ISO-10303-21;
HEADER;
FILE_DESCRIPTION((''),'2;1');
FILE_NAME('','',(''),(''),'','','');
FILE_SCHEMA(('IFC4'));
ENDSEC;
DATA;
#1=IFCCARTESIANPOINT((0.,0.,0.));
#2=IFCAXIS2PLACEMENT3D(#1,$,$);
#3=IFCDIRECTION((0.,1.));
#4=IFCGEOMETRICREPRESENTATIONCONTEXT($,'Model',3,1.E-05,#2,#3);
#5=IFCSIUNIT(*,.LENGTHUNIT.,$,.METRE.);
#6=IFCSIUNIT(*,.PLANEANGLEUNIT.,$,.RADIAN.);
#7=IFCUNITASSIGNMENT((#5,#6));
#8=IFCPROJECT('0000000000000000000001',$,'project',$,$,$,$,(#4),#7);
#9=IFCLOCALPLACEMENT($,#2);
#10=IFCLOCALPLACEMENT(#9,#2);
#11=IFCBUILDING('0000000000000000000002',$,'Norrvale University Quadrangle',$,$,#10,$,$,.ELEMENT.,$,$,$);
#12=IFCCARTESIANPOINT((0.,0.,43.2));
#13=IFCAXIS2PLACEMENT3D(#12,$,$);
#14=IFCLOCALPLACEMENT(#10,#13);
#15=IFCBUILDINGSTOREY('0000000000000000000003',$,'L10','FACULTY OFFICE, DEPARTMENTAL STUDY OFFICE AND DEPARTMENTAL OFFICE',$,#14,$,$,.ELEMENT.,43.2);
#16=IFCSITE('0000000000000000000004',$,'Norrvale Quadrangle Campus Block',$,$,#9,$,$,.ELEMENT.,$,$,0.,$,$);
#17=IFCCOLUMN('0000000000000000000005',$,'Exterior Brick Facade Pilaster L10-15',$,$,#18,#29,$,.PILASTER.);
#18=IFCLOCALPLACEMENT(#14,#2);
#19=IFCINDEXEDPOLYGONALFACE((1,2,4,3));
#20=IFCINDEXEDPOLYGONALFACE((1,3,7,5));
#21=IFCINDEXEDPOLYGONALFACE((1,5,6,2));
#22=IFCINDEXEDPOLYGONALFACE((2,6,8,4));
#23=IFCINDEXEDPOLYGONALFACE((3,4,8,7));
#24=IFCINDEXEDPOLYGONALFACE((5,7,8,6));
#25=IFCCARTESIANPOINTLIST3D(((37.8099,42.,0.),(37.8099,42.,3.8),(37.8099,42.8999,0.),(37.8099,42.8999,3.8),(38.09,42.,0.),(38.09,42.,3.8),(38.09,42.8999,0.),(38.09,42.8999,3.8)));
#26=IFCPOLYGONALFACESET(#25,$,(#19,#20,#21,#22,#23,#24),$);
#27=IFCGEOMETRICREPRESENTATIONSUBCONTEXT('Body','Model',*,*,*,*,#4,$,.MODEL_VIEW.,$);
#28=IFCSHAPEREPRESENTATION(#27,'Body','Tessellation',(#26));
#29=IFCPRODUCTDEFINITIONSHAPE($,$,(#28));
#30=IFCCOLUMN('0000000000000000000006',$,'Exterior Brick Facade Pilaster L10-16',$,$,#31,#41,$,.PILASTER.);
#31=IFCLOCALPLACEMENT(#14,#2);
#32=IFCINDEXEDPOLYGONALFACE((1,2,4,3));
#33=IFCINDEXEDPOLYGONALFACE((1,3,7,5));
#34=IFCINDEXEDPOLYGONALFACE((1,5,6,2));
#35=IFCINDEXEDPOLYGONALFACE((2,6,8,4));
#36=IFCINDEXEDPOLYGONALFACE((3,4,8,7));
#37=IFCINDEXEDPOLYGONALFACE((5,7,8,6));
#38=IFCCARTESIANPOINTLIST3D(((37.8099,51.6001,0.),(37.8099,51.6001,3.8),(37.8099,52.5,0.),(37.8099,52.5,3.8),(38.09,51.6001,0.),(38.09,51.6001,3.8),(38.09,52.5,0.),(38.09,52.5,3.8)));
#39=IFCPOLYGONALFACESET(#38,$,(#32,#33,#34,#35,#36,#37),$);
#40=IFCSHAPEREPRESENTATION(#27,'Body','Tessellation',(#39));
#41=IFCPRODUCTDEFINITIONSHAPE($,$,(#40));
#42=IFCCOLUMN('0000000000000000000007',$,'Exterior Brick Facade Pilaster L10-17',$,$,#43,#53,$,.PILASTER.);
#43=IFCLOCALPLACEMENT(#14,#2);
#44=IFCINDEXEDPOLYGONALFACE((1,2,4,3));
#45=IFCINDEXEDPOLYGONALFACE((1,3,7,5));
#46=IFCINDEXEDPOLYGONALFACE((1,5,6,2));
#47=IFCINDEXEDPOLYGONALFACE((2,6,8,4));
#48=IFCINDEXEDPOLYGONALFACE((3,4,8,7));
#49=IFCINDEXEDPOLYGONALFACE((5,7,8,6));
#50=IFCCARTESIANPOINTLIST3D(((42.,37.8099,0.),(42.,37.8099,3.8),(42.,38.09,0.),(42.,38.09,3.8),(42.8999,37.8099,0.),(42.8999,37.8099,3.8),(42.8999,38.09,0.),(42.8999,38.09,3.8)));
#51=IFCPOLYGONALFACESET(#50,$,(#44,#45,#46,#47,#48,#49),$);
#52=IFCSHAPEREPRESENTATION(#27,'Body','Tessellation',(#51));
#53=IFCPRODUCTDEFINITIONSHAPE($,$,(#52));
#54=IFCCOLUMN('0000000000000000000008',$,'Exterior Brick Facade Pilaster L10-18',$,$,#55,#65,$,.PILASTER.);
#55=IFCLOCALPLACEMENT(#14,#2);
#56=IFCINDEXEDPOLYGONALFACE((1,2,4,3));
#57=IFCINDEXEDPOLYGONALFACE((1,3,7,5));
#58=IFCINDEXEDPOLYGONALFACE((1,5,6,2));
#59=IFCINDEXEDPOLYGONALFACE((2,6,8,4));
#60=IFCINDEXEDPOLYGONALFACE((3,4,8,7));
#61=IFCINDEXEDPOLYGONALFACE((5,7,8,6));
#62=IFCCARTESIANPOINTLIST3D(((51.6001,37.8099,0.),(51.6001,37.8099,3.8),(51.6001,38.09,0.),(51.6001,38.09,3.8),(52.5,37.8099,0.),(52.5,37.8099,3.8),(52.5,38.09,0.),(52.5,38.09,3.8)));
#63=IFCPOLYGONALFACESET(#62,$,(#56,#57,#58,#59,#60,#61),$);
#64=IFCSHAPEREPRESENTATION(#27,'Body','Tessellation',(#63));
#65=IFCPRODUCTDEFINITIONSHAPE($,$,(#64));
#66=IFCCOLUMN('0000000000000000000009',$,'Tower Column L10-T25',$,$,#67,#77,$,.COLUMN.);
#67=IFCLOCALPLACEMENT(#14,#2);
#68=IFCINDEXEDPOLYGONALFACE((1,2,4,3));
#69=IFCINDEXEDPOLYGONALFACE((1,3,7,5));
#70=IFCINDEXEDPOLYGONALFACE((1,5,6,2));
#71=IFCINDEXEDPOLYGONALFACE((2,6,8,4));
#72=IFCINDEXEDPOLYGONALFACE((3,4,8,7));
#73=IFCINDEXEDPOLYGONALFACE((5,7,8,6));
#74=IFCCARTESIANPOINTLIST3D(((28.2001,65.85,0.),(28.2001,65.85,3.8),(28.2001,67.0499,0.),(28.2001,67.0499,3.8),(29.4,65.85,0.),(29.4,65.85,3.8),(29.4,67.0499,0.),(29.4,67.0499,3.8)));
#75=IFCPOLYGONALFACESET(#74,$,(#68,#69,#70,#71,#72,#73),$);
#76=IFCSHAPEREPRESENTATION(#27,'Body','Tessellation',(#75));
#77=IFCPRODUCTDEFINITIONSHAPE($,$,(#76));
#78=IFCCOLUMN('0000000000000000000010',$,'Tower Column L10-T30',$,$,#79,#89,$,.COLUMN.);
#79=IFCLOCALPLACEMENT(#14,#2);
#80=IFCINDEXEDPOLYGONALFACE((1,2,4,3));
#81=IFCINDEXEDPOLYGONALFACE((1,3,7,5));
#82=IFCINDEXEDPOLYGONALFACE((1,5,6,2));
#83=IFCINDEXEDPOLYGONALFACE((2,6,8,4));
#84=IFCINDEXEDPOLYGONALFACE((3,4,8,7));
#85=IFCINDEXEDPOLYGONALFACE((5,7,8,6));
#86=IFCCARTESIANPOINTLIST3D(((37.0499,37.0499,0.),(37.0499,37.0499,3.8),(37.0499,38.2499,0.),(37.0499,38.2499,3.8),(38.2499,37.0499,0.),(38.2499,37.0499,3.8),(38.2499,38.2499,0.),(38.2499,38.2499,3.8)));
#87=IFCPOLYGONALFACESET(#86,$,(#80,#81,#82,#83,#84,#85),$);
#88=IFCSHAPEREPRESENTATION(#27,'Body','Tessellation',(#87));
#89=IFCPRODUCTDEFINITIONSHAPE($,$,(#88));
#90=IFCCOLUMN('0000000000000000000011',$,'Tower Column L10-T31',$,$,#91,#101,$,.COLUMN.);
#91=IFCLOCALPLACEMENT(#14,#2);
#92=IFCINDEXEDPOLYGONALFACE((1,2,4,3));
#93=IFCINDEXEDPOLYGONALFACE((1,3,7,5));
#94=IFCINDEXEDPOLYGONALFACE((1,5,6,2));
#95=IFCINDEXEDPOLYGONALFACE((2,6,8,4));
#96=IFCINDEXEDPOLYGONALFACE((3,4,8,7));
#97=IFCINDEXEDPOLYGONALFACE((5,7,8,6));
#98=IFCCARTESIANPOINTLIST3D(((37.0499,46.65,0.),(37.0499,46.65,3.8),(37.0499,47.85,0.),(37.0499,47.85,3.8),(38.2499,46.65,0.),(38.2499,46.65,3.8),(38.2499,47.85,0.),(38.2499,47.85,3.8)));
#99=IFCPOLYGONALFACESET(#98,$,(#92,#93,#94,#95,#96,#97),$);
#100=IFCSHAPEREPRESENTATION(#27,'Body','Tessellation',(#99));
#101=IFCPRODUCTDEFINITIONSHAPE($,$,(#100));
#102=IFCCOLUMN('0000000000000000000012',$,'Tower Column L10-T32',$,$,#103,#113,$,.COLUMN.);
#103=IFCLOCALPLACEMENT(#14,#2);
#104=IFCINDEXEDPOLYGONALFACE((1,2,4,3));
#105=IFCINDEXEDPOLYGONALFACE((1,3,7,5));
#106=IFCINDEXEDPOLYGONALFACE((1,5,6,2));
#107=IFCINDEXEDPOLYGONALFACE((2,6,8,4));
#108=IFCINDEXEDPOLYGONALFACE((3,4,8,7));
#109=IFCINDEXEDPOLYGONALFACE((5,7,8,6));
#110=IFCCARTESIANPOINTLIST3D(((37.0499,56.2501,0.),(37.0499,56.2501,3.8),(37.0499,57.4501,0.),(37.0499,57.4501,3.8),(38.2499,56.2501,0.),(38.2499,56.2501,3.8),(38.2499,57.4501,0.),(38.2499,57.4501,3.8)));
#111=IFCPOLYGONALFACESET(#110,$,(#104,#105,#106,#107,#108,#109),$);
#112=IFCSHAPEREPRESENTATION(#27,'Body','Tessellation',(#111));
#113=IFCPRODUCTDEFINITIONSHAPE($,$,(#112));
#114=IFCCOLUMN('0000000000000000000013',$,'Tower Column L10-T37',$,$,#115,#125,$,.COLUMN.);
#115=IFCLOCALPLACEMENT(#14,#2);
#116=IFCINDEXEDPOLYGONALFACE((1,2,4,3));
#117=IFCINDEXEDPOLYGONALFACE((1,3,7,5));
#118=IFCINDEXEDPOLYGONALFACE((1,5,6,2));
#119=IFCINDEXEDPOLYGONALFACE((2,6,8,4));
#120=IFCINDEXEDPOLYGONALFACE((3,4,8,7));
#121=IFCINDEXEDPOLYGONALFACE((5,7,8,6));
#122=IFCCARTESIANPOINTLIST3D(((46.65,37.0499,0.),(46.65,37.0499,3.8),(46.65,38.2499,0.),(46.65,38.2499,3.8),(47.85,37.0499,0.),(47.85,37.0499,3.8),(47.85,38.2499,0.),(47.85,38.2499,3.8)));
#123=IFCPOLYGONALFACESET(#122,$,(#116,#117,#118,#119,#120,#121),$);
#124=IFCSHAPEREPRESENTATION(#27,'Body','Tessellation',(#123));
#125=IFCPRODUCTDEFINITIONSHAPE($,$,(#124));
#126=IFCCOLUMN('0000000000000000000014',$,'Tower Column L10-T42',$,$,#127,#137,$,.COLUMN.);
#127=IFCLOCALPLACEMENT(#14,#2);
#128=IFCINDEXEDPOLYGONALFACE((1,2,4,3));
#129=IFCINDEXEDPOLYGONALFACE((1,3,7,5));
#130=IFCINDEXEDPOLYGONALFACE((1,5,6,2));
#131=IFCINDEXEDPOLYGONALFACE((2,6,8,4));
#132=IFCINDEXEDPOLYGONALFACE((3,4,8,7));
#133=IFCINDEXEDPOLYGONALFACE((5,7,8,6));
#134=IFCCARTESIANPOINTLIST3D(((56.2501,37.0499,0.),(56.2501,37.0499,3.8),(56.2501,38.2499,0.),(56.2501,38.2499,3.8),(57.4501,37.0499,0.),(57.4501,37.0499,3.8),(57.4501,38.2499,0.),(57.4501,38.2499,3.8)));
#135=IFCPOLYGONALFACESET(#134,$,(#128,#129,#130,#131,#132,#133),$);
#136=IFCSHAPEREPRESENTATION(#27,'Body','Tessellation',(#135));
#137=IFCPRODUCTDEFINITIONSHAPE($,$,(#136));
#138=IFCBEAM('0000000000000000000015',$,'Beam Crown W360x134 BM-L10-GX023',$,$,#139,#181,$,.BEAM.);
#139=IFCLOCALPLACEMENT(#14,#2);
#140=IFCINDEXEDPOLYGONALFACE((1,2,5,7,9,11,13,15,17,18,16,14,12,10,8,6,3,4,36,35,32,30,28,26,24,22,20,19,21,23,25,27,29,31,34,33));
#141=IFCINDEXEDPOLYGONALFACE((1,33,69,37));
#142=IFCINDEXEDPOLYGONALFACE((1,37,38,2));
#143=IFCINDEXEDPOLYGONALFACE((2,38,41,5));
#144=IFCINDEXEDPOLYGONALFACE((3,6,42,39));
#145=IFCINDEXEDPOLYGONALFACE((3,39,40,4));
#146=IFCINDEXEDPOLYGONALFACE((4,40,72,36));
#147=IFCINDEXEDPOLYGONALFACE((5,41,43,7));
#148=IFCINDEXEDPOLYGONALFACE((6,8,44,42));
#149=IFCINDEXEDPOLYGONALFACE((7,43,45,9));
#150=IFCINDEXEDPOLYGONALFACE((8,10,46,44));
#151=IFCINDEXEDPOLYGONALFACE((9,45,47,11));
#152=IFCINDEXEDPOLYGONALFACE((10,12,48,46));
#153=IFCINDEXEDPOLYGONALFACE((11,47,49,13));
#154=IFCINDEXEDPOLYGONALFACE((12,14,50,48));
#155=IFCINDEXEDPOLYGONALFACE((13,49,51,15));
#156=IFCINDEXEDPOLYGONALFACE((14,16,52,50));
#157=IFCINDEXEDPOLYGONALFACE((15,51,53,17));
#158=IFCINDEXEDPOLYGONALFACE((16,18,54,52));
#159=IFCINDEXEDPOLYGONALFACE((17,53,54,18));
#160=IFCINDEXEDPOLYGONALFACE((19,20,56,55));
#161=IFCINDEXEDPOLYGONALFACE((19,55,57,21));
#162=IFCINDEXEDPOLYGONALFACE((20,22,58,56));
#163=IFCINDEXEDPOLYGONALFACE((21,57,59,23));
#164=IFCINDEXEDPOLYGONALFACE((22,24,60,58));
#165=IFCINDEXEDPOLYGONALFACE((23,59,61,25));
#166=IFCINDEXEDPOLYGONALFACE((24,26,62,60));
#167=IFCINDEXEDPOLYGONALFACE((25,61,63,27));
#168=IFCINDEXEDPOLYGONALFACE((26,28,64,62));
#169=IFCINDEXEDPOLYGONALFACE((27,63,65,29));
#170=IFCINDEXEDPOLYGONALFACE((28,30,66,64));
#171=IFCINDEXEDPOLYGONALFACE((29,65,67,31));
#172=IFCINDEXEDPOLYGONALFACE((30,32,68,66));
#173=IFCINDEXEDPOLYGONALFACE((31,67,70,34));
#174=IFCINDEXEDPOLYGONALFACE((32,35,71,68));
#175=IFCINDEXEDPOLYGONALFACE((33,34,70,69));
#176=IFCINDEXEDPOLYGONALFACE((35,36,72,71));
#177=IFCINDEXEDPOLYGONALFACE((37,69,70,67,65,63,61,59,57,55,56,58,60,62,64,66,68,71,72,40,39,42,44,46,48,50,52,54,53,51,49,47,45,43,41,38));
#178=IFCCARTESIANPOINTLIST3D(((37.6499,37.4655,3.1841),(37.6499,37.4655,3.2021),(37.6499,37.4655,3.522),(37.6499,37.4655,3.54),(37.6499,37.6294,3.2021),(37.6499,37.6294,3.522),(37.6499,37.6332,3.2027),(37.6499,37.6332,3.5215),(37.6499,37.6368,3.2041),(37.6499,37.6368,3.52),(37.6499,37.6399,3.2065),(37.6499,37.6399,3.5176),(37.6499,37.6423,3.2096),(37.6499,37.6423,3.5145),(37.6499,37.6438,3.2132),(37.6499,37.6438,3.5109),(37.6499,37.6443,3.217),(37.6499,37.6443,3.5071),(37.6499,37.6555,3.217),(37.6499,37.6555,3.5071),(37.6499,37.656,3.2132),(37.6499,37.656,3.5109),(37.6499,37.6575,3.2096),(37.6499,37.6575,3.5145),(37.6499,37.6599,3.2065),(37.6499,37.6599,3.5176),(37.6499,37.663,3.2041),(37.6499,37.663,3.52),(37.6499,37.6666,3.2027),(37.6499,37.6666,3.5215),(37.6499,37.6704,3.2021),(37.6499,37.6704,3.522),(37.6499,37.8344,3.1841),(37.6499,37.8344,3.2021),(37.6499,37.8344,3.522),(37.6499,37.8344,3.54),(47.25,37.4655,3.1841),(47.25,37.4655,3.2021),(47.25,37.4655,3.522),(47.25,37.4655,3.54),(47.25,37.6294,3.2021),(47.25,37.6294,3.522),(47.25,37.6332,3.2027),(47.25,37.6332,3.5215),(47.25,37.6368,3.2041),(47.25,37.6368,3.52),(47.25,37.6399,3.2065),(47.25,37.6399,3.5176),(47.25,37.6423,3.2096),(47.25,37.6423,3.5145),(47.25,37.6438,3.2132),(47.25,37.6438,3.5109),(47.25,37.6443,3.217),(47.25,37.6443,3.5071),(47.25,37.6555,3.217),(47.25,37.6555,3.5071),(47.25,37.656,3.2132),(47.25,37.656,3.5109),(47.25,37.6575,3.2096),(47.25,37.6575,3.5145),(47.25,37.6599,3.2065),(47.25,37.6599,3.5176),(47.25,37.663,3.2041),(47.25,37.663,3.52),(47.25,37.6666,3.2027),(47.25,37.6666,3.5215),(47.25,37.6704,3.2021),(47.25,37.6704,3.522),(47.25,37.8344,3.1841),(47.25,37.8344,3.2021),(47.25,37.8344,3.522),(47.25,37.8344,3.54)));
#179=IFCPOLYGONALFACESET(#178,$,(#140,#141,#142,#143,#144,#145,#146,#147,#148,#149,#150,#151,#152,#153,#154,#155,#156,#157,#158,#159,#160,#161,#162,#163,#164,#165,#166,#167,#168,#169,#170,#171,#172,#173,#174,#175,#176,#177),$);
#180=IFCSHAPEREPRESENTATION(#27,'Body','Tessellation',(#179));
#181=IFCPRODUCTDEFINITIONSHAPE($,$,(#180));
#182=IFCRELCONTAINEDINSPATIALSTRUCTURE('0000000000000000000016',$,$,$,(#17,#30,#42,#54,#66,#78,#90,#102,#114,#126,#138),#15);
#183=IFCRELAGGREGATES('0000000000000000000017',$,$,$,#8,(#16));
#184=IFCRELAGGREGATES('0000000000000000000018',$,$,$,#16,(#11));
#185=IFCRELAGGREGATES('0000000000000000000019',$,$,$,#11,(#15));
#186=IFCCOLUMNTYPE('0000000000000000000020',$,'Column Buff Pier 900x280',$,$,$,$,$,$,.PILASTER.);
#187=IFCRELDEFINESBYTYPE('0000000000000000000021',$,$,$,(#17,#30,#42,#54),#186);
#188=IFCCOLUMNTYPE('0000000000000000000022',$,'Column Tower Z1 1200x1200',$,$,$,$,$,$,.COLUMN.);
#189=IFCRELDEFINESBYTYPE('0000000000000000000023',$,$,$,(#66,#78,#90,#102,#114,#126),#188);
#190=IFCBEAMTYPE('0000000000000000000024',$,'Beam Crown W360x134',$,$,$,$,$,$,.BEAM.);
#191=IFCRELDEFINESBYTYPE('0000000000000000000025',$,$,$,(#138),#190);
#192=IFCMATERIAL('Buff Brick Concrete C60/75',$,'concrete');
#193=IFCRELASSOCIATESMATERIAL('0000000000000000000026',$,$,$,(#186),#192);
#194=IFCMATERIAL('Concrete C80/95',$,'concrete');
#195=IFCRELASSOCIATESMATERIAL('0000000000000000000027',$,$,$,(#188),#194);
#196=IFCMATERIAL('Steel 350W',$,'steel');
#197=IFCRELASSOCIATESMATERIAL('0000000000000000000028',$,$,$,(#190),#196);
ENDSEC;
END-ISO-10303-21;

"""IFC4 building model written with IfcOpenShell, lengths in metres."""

from ifc_helpers import new_model, si_unit, direction, frame, origin, origin_2d, place, context, subcontext, project, spatial, rectangle, i_section, extrude, material, material_profile, profile_set, type_object, element, save


model = new_model("IFC4")

# Units and contexts
model_context = context("Model", 3, precision=1e-05, world=origin(), true_north=direction((0.0, 1.0)))
body_context = subcontext(model_context, "Body", "Model", "MODEL_VIEW")
ifc_project = project(units=[si_unit("LENGTHUNIT", "METRE"), si_unit("PLANEANGLEUNIT", "RADIAN")], contexts=[model_context])

# Site, building, storey
site_placement = place(None, origin())
site = spatial("IfcSite", under=ifc_project, at=site_placement, Name="Norrvale Quadrangle Campus Block", CompositionType="ELEMENT", RefElevation=0.0)
building_placement = place(site_placement, origin())
building = spatial("IfcBuilding", under=site, at=building_placement, Name="Norrvale University Quadrangle", CompositionType="ELEMENT")
storey_placement = place(building_placement, frame((0.0, 0.0, 43.2)))
storey = spatial("IfcBuildingStorey", under=building, at=storey_placement, Name="L10", Description="FACULTY OFFICE, DEPARTMENTAL STUDY OFFICE AND DEPARTMENTAL OFFICE", CompositionType="ELEMENT", Elevation=43.2)

# Columns
ifc_material_1 = material(Name="Buff Brick Concrete C60/75", Category="concrete")
ifc_material_profile_1 = material_profile(ifc_material_1, rectangle(XDim=0.8999, YDim=0.28, at=origin_2d()), Name="Buff Brick Concrete C60/75")
ifc_profile_set_1 = profile_set([ifc_material_profile_1], Name="Buff Brick Concrete C60/75")
column_type_1 = type_object("IfcColumnType", Name="Column Buff Pier 900x280", PredefinedType="PILASTER", material=ifc_profile_set_1)
for number, where, z_axis, x_axis, name in (
    (1, (37.95, 42.45, 0.0), (0.0, 0.0, 1.0), (0.0, 1.0, 0.0), "Exterior Brick Facade Pilaster L10-15"),
    (2, (37.95, 52.05, 0.0), (0.0, 0.0, 1.0), (0.0, 1.0, 0.0), "Exterior Brick Facade Pilaster L10-16"),
    (3, (42.45, 37.95, 0.0), (0.0, 0.0, 1.0), (1.0, 0.0, 0.0), "Exterior Brick Facade Pilaster L10-17"),
    (4, (52.05, 37.95, 0.0), (0.0, 0.0, 1.0), (1.0, 0.0, 0.0), "Exterior Brick Facade Pilaster L10-18"),
):
    element("IfcColumn", number, at=place(storey_placement, frame(where, z_axis=z_axis, x_axis=x_axis)), inside=storey, type_object=column_type_1, Name=name, PredefinedType="PILASTER", context=body_context, shape_type="SweptSolid", body=[
        extrude(rectangle(XDim=0.8999, YDim=0.28, at=origin_2d()), origin(), (0.0, 0.0, 1.0), 3.8),
    ])
ifc_material_2 = material(Name="Concrete C80/95", Category="concrete")
ifc_material_profile_2 = material_profile(ifc_material_2, rectangle(XDim=1.2, YDim=1.2, at=origin_2d()), Name="Concrete C80/95")
ifc_profile_set_2 = profile_set([ifc_material_profile_2], Name="Concrete C80/95")
column_type_2 = type_object("IfcColumnType", Name="Column Tower Z1 1200x1200", PredefinedType="COLUMN", material=ifc_profile_set_2)
for number, where, z_axis, x_axis, name in (
    (5, (28.8, 66.45, 0.0), (0.0, 0.0, 1.0), (1.0, 0.0, 0.0), "Tower Column L10-T25"),
    (6, (37.6499, 37.6499, 0.0), (0.0, 0.0, 1.0), (1.0, 0.0, 0.0), "Tower Column L10-T30"),
    (7, (37.6499, 47.25, 0.0), (0.0, 0.0, 1.0), (1.0, 0.0, 0.0), "Tower Column L10-T31"),
    (8, (37.6499, 56.8501, 0.0), (0.0, 0.0, 1.0), (1.0, 0.0, 0.0), "Tower Column L10-T32"),
    (9, (47.25, 37.6499, 0.0), (0.0, 0.0, 1.0), (1.0, 0.0, 0.0), "Tower Column L10-T37"),
    (10, (56.8501, 37.6499, 0.0), (0.0, 0.0, 1.0), (1.0, 0.0, 0.0), "Tower Column L10-T42"),
):
    element("IfcColumn", number, at=place(storey_placement, frame(where, z_axis=z_axis, x_axis=x_axis)), inside=storey, type_object=column_type_2, Name=name, PredefinedType="COLUMN", context=body_context, shape_type="SweptSolid", body=[
        extrude(rectangle(XDim=1.2, YDim=1.2, at=origin_2d()), origin(), (0.0, 0.0, 1.0), 3.8),
    ])

# Beam
ifc_material_3 = material(Name="Steel 350W", Category="steel")
ifc_material_profile_3 = material_profile(ifc_material_3, i_section(OverallWidth=0.3689, OverallDepth=0.356, WebThickness=0.0112, FlangeThickness=0.0181, FilletRadius=0.0149, at=origin_2d()), Name="Steel 350W")
ifc_profile_set_3 = profile_set([ifc_material_profile_3], Name="Steel 350W")
beam_type_1 = type_object("IfcBeamType", Name="Beam Crown W360x134", PredefinedType="BEAM", material=ifc_profile_set_3)
for number, where, z_axis, x_axis, name in (
    (11, (37.6499, 37.6499, 3.3621), (1.0, 0.0, 0.0), (0.0, 1.0, 0.0), "Beam Crown W360x134 BM-L10-GX023"),
):
    element("IfcBeam", number, at=place(storey_placement, frame(where, z_axis=z_axis, x_axis=x_axis)), inside=storey, type_object=beam_type_1, Name=name, PredefinedType="BEAM", context=body_context, shape_type="SweptSolid", body=[
        extrude(i_section(OverallWidth=0.3689, OverallDepth=0.356, WebThickness=0.0112, FlangeThickness=0.0181, FilletRadius=0.0149, at=origin_2d()), origin(), (0.0, 0.0, 1.0), 9.6001),
    ])

save(model, "model.ifc")
